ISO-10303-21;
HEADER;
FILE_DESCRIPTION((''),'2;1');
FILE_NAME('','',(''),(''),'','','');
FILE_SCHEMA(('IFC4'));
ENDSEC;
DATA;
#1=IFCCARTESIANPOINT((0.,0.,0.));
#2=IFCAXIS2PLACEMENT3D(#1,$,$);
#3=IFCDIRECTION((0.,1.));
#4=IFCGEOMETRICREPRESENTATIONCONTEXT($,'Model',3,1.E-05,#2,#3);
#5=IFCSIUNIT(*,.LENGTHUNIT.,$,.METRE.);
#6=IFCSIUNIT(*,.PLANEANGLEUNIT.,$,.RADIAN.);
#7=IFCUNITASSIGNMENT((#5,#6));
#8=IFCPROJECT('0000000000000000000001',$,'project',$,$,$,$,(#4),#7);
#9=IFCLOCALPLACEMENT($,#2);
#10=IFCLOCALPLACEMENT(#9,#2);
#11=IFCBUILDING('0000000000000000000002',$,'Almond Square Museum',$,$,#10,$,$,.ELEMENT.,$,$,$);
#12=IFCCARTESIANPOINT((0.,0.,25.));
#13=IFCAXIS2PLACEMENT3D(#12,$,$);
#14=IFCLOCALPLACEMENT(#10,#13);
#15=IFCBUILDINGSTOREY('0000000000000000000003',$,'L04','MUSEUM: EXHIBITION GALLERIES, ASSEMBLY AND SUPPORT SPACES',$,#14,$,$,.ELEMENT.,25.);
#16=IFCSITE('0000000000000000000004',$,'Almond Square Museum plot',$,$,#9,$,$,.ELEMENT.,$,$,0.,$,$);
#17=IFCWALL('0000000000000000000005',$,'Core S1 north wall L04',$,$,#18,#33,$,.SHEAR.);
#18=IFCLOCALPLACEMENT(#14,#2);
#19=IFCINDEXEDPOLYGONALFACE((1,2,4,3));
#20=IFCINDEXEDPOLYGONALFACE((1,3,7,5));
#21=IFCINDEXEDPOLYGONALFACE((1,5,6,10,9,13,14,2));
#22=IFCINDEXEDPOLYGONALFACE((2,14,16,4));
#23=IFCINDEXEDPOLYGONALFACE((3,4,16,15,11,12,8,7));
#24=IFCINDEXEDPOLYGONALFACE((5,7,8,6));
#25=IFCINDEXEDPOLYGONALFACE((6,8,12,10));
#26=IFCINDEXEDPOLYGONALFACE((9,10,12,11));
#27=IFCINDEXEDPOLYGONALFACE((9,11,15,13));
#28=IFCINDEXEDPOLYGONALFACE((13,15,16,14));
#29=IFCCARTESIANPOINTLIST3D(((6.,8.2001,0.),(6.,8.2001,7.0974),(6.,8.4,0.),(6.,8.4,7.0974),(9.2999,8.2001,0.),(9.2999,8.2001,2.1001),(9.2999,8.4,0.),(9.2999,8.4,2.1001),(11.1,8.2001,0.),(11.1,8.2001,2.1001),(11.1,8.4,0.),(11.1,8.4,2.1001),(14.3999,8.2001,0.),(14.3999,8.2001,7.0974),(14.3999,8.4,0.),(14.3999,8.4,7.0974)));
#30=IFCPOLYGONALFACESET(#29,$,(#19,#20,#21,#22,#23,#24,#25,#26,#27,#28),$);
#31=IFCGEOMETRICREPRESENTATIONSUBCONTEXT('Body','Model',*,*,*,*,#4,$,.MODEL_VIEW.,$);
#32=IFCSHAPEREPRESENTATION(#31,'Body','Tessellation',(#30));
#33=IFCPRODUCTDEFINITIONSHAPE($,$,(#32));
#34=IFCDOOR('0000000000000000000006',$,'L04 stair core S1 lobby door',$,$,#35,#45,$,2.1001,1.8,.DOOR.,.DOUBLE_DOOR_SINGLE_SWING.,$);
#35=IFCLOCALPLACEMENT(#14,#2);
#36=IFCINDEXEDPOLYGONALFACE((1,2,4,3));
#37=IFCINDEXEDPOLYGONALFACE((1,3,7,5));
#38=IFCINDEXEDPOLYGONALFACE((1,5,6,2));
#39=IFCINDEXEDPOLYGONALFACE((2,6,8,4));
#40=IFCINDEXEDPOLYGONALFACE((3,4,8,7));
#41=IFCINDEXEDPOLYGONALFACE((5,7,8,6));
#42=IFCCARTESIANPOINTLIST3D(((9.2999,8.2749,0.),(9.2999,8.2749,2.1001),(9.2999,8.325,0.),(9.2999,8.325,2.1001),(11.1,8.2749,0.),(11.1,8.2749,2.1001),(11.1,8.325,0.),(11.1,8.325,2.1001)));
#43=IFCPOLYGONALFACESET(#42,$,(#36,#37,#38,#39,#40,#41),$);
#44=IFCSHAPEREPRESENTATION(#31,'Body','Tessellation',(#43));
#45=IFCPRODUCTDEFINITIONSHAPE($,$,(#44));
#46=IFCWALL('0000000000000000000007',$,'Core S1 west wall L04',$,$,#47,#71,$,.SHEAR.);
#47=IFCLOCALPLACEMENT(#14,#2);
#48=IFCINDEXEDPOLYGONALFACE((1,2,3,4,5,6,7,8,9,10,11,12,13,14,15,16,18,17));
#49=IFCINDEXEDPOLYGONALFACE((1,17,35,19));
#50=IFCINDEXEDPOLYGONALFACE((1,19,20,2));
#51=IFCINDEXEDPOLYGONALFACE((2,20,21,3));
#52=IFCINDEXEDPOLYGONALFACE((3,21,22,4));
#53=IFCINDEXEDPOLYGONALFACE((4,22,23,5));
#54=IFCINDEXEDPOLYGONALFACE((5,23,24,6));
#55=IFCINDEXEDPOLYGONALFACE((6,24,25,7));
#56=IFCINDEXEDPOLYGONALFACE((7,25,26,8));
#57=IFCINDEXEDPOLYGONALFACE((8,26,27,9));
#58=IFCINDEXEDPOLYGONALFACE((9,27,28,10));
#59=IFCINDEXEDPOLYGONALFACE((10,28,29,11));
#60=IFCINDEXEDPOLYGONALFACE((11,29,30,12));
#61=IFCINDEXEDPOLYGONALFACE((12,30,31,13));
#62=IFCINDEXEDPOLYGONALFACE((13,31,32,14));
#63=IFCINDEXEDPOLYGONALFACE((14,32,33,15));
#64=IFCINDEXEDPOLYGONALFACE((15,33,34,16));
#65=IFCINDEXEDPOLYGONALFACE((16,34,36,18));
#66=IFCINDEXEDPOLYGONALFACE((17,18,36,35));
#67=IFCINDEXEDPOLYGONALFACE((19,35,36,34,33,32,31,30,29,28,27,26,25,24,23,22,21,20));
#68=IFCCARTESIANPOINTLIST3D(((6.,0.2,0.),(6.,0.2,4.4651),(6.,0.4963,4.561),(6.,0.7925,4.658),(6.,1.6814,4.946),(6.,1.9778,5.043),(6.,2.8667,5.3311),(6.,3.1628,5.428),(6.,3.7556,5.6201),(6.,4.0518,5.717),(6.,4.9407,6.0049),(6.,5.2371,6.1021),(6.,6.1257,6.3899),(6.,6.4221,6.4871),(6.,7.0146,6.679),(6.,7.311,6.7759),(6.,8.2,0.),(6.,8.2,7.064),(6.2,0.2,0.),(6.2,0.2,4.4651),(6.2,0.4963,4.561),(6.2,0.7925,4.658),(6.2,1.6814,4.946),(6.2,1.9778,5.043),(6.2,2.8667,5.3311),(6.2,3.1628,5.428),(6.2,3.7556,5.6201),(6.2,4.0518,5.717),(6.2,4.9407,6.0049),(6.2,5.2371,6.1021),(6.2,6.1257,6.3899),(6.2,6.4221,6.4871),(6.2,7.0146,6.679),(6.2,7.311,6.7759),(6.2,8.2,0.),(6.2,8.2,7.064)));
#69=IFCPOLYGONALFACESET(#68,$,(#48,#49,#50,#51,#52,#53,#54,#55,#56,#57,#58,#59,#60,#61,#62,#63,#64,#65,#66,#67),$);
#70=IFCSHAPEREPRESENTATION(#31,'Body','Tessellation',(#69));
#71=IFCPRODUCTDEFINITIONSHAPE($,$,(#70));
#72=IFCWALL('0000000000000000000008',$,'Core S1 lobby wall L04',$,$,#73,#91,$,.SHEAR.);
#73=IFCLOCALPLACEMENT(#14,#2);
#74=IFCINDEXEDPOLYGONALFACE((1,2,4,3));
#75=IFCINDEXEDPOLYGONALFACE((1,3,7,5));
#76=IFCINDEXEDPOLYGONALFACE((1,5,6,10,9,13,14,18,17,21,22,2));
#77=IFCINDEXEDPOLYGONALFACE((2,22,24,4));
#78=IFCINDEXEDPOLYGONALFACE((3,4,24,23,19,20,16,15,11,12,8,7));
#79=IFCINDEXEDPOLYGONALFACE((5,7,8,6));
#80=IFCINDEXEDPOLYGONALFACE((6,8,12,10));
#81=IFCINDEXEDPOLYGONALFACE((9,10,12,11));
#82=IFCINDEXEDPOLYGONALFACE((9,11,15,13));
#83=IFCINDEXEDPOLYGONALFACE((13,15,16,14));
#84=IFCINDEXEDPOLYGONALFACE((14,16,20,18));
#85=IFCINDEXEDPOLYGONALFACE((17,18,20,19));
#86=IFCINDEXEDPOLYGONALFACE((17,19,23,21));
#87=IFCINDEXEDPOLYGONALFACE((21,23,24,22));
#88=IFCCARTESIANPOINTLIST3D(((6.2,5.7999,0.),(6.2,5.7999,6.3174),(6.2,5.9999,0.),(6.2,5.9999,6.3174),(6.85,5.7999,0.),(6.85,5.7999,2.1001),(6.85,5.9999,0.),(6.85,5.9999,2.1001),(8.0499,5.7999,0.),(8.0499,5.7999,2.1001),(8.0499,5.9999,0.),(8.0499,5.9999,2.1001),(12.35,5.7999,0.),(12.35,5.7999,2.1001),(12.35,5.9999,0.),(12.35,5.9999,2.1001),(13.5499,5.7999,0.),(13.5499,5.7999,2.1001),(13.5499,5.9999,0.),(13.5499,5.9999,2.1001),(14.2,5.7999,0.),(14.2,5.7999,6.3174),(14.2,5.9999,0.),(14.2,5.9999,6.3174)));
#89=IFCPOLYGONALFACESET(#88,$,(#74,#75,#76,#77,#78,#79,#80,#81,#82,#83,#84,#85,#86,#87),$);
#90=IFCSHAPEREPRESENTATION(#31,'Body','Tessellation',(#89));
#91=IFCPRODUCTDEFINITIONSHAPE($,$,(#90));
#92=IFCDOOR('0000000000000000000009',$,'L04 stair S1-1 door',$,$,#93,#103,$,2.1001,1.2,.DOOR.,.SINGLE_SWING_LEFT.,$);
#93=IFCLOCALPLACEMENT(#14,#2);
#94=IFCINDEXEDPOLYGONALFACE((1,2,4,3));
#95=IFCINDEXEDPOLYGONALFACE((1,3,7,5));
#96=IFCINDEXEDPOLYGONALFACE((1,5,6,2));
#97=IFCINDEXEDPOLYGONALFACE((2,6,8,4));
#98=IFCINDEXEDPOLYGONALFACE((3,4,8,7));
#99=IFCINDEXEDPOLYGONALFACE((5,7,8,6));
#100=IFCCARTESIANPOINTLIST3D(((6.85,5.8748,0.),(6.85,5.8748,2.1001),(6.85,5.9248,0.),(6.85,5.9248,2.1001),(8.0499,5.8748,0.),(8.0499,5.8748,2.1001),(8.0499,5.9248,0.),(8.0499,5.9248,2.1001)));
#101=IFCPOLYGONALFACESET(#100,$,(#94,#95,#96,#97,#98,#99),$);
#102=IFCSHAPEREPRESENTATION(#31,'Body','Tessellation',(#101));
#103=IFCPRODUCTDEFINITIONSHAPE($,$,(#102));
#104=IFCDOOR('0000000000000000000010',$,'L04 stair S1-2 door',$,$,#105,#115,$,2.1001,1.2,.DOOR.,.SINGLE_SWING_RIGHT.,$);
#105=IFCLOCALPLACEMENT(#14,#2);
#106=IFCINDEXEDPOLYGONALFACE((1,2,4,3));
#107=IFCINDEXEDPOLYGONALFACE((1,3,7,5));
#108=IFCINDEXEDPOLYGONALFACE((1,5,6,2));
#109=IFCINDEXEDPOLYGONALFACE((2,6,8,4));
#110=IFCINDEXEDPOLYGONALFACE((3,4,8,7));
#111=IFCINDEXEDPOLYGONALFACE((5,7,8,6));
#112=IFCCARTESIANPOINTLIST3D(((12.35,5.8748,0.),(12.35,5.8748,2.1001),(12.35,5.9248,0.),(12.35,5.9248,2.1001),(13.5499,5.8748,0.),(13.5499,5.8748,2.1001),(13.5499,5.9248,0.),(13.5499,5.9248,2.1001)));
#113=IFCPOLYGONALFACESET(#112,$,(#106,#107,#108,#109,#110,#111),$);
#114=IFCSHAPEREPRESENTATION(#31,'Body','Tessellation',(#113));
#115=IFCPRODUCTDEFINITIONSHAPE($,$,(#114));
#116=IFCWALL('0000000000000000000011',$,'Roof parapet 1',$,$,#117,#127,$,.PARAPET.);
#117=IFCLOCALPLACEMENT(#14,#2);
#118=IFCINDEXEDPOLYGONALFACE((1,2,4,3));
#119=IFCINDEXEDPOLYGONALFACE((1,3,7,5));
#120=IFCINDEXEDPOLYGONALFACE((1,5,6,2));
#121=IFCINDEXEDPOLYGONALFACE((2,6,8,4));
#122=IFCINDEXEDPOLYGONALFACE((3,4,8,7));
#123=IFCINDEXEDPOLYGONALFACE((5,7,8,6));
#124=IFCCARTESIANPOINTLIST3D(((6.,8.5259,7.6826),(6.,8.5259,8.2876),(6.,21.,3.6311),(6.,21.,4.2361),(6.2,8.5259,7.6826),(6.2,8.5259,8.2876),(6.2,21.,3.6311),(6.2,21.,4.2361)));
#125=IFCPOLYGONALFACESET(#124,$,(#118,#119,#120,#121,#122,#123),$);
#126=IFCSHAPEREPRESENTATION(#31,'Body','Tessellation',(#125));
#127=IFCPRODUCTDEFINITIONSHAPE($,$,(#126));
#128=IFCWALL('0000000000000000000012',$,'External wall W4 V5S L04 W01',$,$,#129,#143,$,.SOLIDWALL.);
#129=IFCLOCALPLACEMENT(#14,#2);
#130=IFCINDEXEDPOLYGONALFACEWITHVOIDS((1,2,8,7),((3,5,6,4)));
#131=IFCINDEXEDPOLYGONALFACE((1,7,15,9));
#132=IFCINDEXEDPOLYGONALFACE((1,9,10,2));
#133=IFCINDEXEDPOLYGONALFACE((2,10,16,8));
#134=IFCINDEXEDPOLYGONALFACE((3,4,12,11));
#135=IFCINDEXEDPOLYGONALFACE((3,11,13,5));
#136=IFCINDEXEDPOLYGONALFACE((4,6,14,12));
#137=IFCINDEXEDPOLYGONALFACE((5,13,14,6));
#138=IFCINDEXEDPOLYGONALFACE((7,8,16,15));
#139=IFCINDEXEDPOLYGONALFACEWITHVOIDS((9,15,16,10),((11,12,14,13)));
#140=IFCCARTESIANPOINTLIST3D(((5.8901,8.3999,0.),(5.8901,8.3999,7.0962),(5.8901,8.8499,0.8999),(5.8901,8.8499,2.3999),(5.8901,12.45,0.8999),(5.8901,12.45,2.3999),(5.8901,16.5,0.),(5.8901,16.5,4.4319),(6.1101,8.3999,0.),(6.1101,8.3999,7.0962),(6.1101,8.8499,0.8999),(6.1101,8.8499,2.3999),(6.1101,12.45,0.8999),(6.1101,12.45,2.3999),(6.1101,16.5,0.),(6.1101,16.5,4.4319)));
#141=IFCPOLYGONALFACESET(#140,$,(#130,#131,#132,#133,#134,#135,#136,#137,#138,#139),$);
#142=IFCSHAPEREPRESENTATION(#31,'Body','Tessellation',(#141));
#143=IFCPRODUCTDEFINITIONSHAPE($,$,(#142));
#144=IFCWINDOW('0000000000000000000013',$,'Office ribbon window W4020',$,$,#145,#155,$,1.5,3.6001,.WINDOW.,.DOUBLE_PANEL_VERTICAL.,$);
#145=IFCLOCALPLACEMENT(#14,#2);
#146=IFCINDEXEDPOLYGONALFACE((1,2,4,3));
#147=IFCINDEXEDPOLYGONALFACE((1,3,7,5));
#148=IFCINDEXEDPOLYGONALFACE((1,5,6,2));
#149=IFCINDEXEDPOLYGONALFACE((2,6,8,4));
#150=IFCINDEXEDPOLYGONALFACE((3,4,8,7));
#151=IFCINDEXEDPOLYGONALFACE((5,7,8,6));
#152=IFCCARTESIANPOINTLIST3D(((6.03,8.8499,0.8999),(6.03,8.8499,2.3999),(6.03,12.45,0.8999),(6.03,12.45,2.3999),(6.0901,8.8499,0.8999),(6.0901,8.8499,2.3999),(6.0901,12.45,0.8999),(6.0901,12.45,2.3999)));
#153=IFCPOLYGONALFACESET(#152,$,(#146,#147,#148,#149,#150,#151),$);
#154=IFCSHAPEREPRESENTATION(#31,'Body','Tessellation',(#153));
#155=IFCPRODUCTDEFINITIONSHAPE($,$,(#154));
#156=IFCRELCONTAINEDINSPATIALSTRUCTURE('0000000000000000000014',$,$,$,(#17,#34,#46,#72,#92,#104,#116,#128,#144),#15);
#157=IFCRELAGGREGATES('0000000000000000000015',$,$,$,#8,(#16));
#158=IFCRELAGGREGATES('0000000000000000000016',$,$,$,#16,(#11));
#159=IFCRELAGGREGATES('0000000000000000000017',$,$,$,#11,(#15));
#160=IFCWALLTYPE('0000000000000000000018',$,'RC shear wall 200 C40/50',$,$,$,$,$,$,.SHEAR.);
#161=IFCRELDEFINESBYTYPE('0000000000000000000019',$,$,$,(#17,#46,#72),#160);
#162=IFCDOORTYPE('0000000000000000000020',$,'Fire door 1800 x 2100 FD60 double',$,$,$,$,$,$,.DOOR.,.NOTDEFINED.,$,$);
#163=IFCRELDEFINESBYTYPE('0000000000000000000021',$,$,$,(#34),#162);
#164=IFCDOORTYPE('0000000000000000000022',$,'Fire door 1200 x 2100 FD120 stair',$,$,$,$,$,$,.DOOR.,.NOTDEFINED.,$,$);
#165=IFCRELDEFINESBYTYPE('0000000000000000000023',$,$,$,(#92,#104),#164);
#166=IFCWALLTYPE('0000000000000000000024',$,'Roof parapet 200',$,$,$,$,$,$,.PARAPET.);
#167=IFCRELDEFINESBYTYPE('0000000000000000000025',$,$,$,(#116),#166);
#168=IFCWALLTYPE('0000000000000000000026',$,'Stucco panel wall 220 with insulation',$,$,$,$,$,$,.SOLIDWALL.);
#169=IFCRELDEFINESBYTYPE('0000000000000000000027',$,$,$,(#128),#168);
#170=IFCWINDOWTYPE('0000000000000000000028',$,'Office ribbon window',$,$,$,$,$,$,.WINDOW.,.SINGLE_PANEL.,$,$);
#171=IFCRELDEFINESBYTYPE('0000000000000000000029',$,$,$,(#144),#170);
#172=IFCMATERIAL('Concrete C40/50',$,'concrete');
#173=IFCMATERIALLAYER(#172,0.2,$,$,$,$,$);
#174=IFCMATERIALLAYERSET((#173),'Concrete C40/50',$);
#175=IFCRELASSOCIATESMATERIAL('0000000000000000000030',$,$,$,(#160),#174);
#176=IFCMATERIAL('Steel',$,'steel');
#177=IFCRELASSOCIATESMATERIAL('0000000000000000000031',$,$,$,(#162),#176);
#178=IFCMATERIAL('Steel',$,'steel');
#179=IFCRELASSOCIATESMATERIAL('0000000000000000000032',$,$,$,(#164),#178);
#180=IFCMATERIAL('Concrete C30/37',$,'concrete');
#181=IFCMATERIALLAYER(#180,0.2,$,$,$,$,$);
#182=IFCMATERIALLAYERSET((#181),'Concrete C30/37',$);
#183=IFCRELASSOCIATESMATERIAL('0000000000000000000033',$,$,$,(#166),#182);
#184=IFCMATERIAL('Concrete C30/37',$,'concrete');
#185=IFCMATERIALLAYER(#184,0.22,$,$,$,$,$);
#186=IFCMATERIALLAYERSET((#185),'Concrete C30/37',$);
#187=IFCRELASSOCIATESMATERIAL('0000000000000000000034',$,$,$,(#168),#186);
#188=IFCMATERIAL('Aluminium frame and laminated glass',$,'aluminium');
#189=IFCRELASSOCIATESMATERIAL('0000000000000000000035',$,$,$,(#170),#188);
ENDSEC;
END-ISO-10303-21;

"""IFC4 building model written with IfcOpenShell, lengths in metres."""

from ifc_helpers import new_model, si_unit, direction, frame, frame_2d, origin, place, context, subcontext, project, spatial, polyline, rectangle, outline, extrude, material, layer, layer_set, type_object, element, fill, save


model = new_model("IFC4")

# Units and contexts
model_context = context("Model", 3, precision=1e-05, world=origin(), true_north=direction((0.0, 1.0)))
body_context = subcontext(model_context, "Body", "Model", "MODEL_VIEW")
ifc_project = project(units=[si_unit("LENGTHUNIT", "METRE"), si_unit("PLANEANGLEUNIT", "RADIAN")], contexts=[model_context])

# Site, building, storey
site_placement = place(None, origin())
site = spatial("IfcSite", under=ifc_project, at=site_placement, Name="Almond Square Museum plot", CompositionType="ELEMENT", RefElevation=0.0)
building_placement = place(site_placement, origin())
building = spatial("IfcBuilding", under=site, at=building_placement, Name="Almond Square Museum", CompositionType="ELEMENT")
storey_placement = place(building_placement, frame((0.0, 0.0, 25.0)))
storey = spatial("IfcBuildingStorey", under=building, at=storey_placement, Name="L04", Description="MUSEUM: EXHIBITION GALLERIES, ASSEMBLY AND SUPPORT SPACES", CompositionType="ELEMENT", Elevation=25.0)

# Shared definitions
ifc_material_1 = material(Name="Concrete C40/50", Category="concrete")
ifc_layer_1 = layer(ifc_material_1, 0.2)
ifc_layer_set_1 = layer_set([ifc_layer_1], Name="Concrete C40/50")
wall_type_1 = type_object("IfcWallType", Name="RC shear wall 200 C40/50", PredefinedType="SHEAR", material=ifc_layer_set_1)

# Wall, opening, door
wall_1_placement = place(storey_placement, frame((6.0, 8.3, 0.0), z_axis=(0.0, 0.0, 1.0), x_axis=(1.0, 0.0, 0.0)))
wall_1 = element("IfcWall", 1, at=wall_1_placement, inside=storey, type_object=wall_type_1, Name="Core S1 north wall L04", PredefinedType="SHEAR", context=body_context, shape_type="SweptSolid", body=[
    extrude(rectangle(XDim=8.3999, YDim=0.2, at=frame_2d((4.2, 0.0))), origin(), (0.0, 0.0, 1.0), 7.0974),
])
opening_1_placement = place(wall_1_placement, frame((3.3, 0.0, 0.0)))
opening_1 = element("IfcOpeningElement", 2, at=opening_1_placement, cuts=wall_1, PredefinedType="OPENING", context=body_context, shape_type="SweptSolid", body=[
    extrude(rectangle(XDim=1.8, YDim=2.1001, at=frame_2d((0.8999, 1.05))), frame((0.0, 0.1099, 0.0), z_axis=(0.0, -1.0, 0.0), x_axis=(1.0, 0.0, 0.0)), (0.0, 0.0, 1.0), 0.22),
])
ifc_material_2 = material(Name="Steel", Category="steel")
door_type_1 = type_object("IfcDoorType", Name="Fire door 1800 x 2100 FD60 double", OperationType="NOTDEFINED", PredefinedType="DOOR", material=ifc_material_2)
door_1_placement = place(opening_1_placement, origin())
door_1 = element("IfcDoor", 3, at=door_1_placement, inside=storey, type_object=door_type_1, Name="L04 stair core S1 lobby door", OperationType="DOUBLE_DOOR_SINGLE_SWING", OverallHeight=2.1001, OverallWidth=1.8, PredefinedType="DOOR", context=body_context, shape_type="SweptSolid", body=[
    extrude(rectangle(XDim=1.8, YDim=2.1001, at=frame_2d((0.8999, 1.05))), frame((0.0, 0.0249, 0.0), z_axis=(0.0, -1.0, 0.0), x_axis=(1.0, 0.0, 0.0)), (0.0, 0.0, 1.0), 0.05),
])
fill(opening_1, door_1)

# Wall
wall_2_placement = place(storey_placement, frame((6.1001, 0.2, 0.0), z_axis=(0.0, 0.0, 1.0), x_axis=(0.0, 1.0, 0.0)))
element("IfcWall", 4, at=wall_2_placement, inside=storey, type_object=wall_type_1, Name="Core S1 west wall L04", PredefinedType="SHEAR", context=body_context, shape_type="SweptSolid", body=[
    extrude(outline(polyline([(0.0, 0.0), (8.0, 0.0), (8.0, 7.064), (7.1111, 6.7759), (6.8147, 6.679), (6.2222, 6.4871), (5.9258, 6.3899), (5.0371, 6.1021), (4.7407, 6.0049), (3.8518, 5.717), (3.5557, 5.6201), (2.9629, 5.428), (2.6667, 5.3311), (1.7778, 5.043), (1.4814, 4.946), (0.5925, 4.658), (0.2964, 4.561), (0.0, 4.4651), (0.0, 0.0)])), frame((0.0, 0.1001, 0.0), z_axis=(0.0, -1.0, 0.0), x_axis=(1.0, 0.0, 0.0)), (0.0, 0.0, 1.0), 0.2),
])

# Wall, openings, doors
wall_3_placement = place(storey_placement, frame((6.2, 5.8999, 0.0), z_axis=(0.0, 0.0, 1.0), x_axis=(1.0, 0.0, 0.0)))
wall_3 = element("IfcWall", 5, at=wall_3_placement, inside=storey, type_object=wall_type_1, Name="Core S1 lobby wall L04", PredefinedType="SHEAR", context=body_context, shape_type="SweptSolid", body=[
    extrude(rectangle(XDim=8.0, YDim=0.2, at=frame_2d((4.0, 0.0))), origin(), (0.0, 0.0, 1.0), 6.3174),
])
opening_2_placement = place(wall_3_placement, frame((0.6499, 0.0, 0.0)))
opening_2 = element("IfcOpeningElement", 6, at=opening_2_placement, cuts=wall_3, PredefinedType="OPENING", context=body_context, shape_type="SweptSolid", body=[
    extrude(rectangle(XDim=1.2, YDim=2.1001, at=frame_2d((0.6001, 1.05))), frame((0.0, 0.1099, 0.0), z_axis=(0.0, -1.0, 0.0), x_axis=(1.0, 0.0, 0.0)), (0.0, 0.0, 1.0), 0.22),
])
opening_3_placement = place(wall_3_placement, frame((6.1499, 0.0, 0.0)))
opening_3 = element("IfcOpeningElement", 7, at=opening_3_placement, cuts=wall_3, PredefinedType="OPENING", context=body_context, shape_type="SweptSolid", body=[
    extrude(rectangle(XDim=1.2, YDim=2.1001, at=frame_2d((0.6001, 1.05))), frame((0.0, 0.1099, 0.0), z_axis=(0.0, -1.0, 0.0), x_axis=(1.0, 0.0, 0.0)), (0.0, 0.0, 1.0), 0.22),
])
ifc_material_3 = material(Name="Steel", Category="steel")
door_type_2 = type_object("IfcDoorType", Name="Fire door 1200 x 2100 FD120 stair", OperationType="NOTDEFINED", PredefinedType="DOOR", material=ifc_material_3)
door_2_placement = place(opening_2_placement, origin())
door_2 = element("IfcDoor", 8, at=door_2_placement, inside=storey, type_object=door_type_2, Name="L04 stair S1-1 door", OperationType="SINGLE_SWING_LEFT", OverallHeight=2.1001, OverallWidth=1.2, PredefinedType="DOOR", context=body_context, shape_type="SweptSolid", body=[
    extrude(rectangle(XDim=1.2, YDim=2.1001, at=frame_2d((0.6001, 1.05))), frame((0.0, 0.0249, 0.0), z_axis=(0.0, -1.0, 0.0), x_axis=(1.0, 0.0, 0.0)), (0.0, 0.0, 1.0), 0.05),
])
fill(opening_2, door_2)
door_3_placement = place(opening_3_placement, origin())
door_3 = element("IfcDoor", 9, at=door_3_placement, inside=storey, type_object=door_type_2, Name="L04 stair S1-2 door", OperationType="SINGLE_SWING_RIGHT", OverallHeight=2.1001, OverallWidth=1.2, PredefinedType="DOOR", context=body_context, shape_type="SweptSolid", body=[
    extrude(rectangle(XDim=1.2, YDim=2.1001, at=frame_2d((0.6001, 1.05))), frame((0.0, 0.0249, 0.0), z_axis=(0.0, -1.0, 0.0), x_axis=(1.0, 0.0, 0.0)), (0.0, 0.0, 1.0), 0.05),
])
fill(opening_3, door_3)

# Wall
ifc_material_4 = material(Name="Concrete C30/37", Category="concrete")
ifc_layer_2 = layer(ifc_material_4, 0.2)
ifc_layer_set_2 = layer_set([ifc_layer_2], Name="Concrete C30/37")
wall_type_2 = type_object("IfcWallType", Name="Roof parapet 200", PredefinedType="PARAPET", material=ifc_layer_set_2)
wall_4_placement = place(storey_placement, frame((6.1001, 8.5259, 3.6311), z_axis=(0.0, 0.0, 1.0), x_axis=(0.0, 1.0, 0.0)))
element("IfcWall", 10, at=wall_4_placement, inside=storey, type_object=wall_type_2, Name="Roof parapet 1", PredefinedType="PARAPET", context=body_context, shape_type="SweptSolid", body=[
    extrude(outline(polyline([(0.0, 4.0515), (12.4741, 0.0), (12.4741, 0.605), (0.0, 4.6565), (0.0, 4.0515)])), frame((0.0, 0.1001, 0.0), z_axis=(0.0, -1.0, 0.0), x_axis=(1.0, 0.0, 0.0)), (0.0, 0.0, 1.0), 0.2),
])

# Wall, opening, window
ifc_material_5 = material(Name="Concrete C30/37", Category="concrete")
ifc_layer_3 = layer(ifc_material_5, 0.22)
ifc_layer_set_3 = layer_set([ifc_layer_3], Name="Concrete C30/37")
wall_type_3 = type_object("IfcWallType", Name="Stucco panel wall 220 with insulation", PredefinedType="SOLIDWALL", material=ifc_layer_set_3)
wall_5_placement = place(storey_placement, frame((6.0, 8.3999, 0.0), z_axis=(0.0, 0.0, 1.0), x_axis=(0.0, 1.0, 0.0)))
wall_5 = element("IfcWall", 11, at=wall_5_placement, inside=storey, type_object=wall_type_3, Name="External wall W4 V5S L04 W01", PredefinedType="SOLIDWALL", context=body_context, shape_type="SweptSolid", body=[
    extrude(outline(polyline([(0.0, 0.0), (8.1001, 0.0), (8.1001, 4.4319), (0.0, 7.0962), (0.0, 0.0)])), frame((0.0, 0.1099, 0.0), z_axis=(0.0, -1.0, 0.0), x_axis=(1.0, 0.0, 0.0)), (0.0, 0.0, 1.0), 0.22),
])
opening_4_placement = place(wall_5_placement, frame((0.45, 0.0, 0.8999)))
opening_4 = element("IfcOpeningElement", 12, at=opening_4_placement, cuts=wall_5, PredefinedType="OPENING", context=body_context, shape_type="SweptSolid", body=[
    extrude(rectangle(XDim=3.6001, YDim=1.5, at=frame_2d((1.8, 0.75))), frame((0.0, 0.1199, 0.0), z_axis=(0.0, -1.0, 0.0), x_axis=(1.0, 0.0, 0.0)), (0.0, 0.0, 1.0), 0.24),
])
ifc_material_6 = material(Name="Aluminium frame and laminated glass", Category="aluminium")
window_type_1 = type_object("IfcWindowType", Name="Office ribbon window", PartitioningType="SINGLE_PANEL", PredefinedType="WINDOW", material=ifc_material_6)
window_1_placement = place(opening_4_placement, origin())
window_1 = element("IfcWindow", 13, at=window_1_placement, inside=storey, type_object=window_type_1, Name="Office ribbon window W4020", OverallHeight=1.5, OverallWidth=3.6001, PartitioningType="DOUBLE_PANEL_VERTICAL", PredefinedType="WINDOW", context=body_context, shape_type="SweptSolid", body=[
    extrude(rectangle(XDim=3.6001, YDim=1.5, at=frame_2d((1.8, 0.75))), frame((0.0, -0.03, 0.0), z_axis=(0.0, -1.0, 0.0), x_axis=(1.0, 0.0, 0.0)), (0.0, 0.0, 1.0), 0.0601),
])
fill(opening_4, window_1)

save(model, "model.ifc")
